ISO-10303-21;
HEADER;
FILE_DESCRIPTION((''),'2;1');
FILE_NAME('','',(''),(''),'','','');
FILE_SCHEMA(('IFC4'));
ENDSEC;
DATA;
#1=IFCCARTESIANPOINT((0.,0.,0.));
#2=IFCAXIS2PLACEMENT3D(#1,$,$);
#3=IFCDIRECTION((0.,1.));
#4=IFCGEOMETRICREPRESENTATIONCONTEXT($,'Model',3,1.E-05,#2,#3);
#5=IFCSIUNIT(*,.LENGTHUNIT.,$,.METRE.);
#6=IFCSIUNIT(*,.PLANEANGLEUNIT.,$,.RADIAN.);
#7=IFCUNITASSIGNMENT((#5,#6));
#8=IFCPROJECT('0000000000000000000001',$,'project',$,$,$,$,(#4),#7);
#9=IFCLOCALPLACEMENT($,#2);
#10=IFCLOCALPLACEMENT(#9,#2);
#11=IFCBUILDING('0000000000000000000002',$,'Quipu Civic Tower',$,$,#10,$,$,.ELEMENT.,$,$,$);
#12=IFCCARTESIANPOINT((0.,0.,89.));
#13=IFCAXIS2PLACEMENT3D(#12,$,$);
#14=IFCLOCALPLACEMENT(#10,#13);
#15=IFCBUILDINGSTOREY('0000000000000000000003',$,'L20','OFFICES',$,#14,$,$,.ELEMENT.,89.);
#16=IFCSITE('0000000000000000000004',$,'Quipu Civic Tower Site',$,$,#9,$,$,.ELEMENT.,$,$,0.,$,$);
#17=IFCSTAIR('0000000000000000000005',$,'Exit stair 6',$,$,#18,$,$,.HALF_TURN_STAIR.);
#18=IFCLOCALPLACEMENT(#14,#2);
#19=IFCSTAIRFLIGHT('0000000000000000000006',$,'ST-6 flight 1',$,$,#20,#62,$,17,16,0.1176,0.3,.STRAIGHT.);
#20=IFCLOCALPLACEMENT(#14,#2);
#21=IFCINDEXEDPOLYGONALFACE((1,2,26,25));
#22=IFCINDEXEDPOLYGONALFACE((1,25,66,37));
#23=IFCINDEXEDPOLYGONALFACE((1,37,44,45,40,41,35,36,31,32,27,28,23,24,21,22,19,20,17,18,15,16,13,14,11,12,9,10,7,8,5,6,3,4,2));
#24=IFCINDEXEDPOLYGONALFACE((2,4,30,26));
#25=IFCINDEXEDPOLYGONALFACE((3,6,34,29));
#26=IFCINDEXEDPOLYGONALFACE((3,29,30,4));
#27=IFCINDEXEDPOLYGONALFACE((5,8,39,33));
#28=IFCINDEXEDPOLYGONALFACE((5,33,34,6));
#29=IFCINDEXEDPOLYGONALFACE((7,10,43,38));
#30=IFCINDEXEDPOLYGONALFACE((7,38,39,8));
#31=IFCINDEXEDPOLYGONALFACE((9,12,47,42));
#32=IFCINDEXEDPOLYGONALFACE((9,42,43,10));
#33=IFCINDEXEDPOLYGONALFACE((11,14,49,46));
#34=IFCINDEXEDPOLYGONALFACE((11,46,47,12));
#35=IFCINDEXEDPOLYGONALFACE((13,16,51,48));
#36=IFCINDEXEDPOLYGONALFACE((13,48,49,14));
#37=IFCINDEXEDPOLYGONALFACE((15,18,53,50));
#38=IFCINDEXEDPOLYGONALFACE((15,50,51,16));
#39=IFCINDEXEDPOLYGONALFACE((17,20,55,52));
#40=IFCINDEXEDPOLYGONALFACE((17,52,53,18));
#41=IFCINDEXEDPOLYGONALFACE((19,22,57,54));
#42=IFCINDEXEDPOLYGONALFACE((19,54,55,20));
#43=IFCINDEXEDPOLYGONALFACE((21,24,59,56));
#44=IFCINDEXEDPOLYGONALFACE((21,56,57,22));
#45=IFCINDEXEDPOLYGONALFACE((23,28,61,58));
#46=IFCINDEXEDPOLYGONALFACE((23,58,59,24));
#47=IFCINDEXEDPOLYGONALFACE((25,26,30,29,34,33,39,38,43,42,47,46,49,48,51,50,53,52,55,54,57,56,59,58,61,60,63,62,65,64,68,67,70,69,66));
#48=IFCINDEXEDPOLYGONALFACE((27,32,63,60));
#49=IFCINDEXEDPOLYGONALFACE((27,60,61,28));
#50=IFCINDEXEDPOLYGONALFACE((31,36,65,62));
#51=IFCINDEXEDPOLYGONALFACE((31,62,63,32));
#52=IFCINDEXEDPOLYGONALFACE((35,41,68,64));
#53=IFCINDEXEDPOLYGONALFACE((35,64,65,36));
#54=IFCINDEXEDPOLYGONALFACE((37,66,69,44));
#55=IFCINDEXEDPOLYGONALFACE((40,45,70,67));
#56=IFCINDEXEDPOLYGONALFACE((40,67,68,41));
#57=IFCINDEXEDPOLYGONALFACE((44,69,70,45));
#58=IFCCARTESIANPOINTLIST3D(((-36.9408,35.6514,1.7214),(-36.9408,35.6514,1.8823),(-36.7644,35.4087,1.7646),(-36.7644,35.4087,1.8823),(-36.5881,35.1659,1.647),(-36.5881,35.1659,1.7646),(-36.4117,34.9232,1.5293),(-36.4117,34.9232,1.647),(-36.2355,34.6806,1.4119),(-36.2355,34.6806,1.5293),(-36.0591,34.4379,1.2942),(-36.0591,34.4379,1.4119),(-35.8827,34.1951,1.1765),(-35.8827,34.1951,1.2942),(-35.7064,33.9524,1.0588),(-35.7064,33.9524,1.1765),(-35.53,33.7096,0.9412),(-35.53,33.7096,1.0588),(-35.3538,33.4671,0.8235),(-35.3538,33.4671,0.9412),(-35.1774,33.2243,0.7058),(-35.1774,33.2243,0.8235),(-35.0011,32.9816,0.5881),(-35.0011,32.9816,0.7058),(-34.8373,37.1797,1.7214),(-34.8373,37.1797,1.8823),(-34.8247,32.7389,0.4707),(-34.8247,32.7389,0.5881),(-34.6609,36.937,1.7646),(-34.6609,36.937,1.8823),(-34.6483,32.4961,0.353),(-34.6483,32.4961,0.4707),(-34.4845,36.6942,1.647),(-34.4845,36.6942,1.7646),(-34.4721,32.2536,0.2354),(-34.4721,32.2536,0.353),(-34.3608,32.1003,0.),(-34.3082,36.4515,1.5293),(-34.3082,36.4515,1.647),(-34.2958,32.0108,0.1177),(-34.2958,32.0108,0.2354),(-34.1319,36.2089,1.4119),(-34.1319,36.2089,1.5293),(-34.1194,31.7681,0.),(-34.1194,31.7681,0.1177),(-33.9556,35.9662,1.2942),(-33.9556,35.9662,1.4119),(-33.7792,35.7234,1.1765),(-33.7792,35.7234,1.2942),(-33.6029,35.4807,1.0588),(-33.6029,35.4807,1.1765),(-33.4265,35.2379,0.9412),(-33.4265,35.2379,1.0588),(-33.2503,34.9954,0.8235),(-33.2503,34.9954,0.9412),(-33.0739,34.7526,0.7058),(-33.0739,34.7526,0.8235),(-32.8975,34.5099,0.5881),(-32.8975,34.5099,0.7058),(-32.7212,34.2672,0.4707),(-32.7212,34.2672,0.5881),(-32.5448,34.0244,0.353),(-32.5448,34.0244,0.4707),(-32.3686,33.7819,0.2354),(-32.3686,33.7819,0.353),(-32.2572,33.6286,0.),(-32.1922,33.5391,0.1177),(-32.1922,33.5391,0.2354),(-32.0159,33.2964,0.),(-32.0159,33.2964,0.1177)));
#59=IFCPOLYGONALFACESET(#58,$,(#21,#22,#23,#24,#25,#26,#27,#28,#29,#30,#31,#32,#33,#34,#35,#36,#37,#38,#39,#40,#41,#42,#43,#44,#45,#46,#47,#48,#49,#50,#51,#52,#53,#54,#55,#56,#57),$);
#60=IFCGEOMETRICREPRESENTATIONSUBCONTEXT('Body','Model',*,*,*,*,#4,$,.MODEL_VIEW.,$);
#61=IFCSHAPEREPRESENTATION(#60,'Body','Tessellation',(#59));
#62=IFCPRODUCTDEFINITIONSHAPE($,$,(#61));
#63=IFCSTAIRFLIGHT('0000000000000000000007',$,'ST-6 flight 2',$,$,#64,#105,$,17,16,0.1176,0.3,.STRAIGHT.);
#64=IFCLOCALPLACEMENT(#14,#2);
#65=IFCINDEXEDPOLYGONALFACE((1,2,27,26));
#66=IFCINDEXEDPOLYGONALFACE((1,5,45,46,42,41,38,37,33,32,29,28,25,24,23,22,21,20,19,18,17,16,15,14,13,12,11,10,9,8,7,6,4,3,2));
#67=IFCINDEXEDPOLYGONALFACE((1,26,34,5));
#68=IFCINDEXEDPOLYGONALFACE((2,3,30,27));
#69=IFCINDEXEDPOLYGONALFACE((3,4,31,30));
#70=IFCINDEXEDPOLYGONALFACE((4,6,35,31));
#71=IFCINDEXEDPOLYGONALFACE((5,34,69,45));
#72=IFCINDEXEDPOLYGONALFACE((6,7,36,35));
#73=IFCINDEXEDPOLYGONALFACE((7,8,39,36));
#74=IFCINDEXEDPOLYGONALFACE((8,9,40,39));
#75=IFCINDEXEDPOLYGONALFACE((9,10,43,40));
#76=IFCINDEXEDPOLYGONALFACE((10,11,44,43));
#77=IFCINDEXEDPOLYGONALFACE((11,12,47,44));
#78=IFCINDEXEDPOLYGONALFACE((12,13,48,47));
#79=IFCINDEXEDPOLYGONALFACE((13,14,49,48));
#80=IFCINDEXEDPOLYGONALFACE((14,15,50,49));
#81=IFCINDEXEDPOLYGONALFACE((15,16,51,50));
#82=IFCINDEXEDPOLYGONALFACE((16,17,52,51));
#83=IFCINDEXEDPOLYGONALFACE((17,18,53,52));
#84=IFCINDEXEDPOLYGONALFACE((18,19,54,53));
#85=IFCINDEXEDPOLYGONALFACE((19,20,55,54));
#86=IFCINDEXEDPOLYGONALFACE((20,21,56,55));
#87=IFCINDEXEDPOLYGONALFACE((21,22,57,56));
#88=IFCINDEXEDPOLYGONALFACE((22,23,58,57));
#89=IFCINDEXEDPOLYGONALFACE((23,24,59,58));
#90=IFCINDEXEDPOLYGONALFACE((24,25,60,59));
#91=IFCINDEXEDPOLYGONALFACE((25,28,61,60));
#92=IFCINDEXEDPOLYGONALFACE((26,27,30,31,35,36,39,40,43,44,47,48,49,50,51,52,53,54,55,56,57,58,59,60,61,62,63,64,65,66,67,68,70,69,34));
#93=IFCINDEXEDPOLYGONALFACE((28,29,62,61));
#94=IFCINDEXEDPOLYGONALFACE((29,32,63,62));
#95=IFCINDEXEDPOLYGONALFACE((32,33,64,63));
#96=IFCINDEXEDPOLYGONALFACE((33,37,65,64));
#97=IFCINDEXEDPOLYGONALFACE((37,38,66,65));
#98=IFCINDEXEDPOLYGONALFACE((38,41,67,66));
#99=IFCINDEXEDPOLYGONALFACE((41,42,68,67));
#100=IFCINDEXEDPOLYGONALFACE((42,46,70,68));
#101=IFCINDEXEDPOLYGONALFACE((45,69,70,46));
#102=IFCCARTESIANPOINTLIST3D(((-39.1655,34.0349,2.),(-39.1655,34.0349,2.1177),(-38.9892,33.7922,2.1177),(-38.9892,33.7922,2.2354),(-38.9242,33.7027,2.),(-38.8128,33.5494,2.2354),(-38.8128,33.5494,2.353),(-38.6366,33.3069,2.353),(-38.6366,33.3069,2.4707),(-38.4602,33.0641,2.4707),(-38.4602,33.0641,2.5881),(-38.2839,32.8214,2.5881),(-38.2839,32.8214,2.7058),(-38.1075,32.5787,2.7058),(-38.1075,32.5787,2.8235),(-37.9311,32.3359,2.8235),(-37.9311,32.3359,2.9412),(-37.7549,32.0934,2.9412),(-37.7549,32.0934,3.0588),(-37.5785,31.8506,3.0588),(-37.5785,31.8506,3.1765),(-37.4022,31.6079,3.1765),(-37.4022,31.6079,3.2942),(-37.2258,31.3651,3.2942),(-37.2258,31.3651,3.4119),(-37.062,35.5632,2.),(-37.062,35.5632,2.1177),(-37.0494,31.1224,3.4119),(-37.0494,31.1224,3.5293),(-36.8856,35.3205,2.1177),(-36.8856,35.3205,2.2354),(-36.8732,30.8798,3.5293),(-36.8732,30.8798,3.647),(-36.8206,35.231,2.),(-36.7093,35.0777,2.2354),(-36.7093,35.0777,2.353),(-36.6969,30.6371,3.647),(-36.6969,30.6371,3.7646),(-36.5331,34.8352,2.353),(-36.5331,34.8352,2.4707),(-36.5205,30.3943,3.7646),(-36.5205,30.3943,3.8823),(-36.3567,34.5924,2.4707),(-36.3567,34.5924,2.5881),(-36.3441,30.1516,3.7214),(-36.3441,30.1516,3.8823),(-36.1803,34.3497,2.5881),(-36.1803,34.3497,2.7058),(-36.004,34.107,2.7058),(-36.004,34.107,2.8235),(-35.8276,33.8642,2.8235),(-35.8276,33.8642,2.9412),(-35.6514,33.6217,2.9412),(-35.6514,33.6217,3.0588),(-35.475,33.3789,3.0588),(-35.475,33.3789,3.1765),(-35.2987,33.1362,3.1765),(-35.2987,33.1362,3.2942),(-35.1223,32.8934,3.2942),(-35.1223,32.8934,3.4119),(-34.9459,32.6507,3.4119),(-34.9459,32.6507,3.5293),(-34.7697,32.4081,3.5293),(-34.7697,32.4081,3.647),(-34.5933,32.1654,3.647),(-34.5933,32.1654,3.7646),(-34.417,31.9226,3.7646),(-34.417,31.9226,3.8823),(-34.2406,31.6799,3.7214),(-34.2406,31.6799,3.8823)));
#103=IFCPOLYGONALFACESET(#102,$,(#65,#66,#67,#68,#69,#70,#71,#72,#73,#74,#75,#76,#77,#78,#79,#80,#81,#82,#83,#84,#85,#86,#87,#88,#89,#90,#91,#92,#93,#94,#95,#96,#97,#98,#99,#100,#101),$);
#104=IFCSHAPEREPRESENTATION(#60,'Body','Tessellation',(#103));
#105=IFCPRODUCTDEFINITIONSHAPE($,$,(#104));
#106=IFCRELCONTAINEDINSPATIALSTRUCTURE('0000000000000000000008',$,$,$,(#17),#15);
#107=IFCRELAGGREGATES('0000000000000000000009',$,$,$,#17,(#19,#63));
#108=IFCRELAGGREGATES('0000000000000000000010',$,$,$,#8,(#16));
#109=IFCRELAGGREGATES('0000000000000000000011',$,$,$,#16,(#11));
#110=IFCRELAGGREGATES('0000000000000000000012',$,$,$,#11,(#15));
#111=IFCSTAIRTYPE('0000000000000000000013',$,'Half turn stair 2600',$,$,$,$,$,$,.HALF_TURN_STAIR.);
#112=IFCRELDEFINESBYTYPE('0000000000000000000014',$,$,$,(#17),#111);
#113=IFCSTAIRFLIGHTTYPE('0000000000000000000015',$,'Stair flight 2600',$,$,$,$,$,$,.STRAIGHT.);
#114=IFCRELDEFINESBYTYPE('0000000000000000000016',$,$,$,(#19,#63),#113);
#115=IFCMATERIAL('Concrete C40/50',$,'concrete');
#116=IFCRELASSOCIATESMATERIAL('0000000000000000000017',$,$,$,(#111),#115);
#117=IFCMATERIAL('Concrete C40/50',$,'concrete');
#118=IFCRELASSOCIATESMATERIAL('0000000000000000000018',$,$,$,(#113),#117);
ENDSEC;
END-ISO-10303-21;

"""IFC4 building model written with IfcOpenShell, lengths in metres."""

from ifc_helpers import new_model, si_unit, direction, frame, origin, place, context, subcontext, project, spatial, polyline, outline, extrude, material, type_object, element, aggregate, save


model = new_model("IFC4")

# Units and contexts
model_context = context("Model", 3, precision=1e-05, world=origin(), true_north=direction((0.0, 1.0)))
body_context = subcontext(model_context, "Body", "Model", "MODEL_VIEW")
ifc_project = project(units=[si_unit("LENGTHUNIT", "METRE"), si_unit("PLANEANGLEUNIT", "RADIAN")], contexts=[model_context])

# Site, building, storey
site_placement = place(None, origin())
site = spatial("IfcSite", under=ifc_project, at=site_placement, Name="Quipu Civic Tower Site", CompositionType="ELEMENT", RefElevation=0.0)
building_placement = place(site_placement, origin())
building = spatial("IfcBuilding", under=site, at=building_placement, Name="Quipu Civic Tower", CompositionType="ELEMENT")
storey_placement = place(building_placement, frame((0.0, 0.0, 89.0)))
storey = spatial("IfcBuildingStorey", under=building, at=storey_placement, Name="L20", Description="OFFICES", CompositionType="ELEMENT", Elevation=89.0)

# Stair, stair flights
ifc_material_1 = material(Name="Concrete C40/50", Category="concrete")
stair_type = type_object("IfcStairType", Name="Half turn stair 2600", PredefinedType="HALF_TURN_STAIR", material=ifc_material_1)
stair_placement = place(storey_placement, origin())
stair = element("IfcStair", 1, at=stair_placement, inside=storey, type_object=stair_type, Name="Exit stair 6", PredefinedType="HALF_TURN_STAIR")
ifc_material_2 = material(Name="Concrete C40/50", Category="concrete")
stair_flight_type = type_object("IfcStairFlightType", Name="Stair flight 2600", PredefinedType="STRAIGHT", material=ifc_material_2)
stair_flight_1_placement = place(storey_placement, frame((-33.0676, 32.5322, 0.0), z_axis=(0.0, 0.0, 1.0), x_axis=(-0.587785, 0.809017, 0.0)))
stair_flight_1 = element("IfcStairFlight", 2, at=stair_flight_1_placement, type_object=stair_flight_type, Name="ST-6 flight 1", NumberOfRisers=17, NumberOfTreads=16, PredefinedType="STRAIGHT", RiserHeight=0.1176, TreadLength=0.3, context=body_context, shape_type="SweptSolid", body=[
    extrude(outline(polyline([(0.0, 0.0), (0.0, 0.1177), (0.3, 0.1177), (0.3, 0.2354), (0.6001, 0.2354), (0.6001, 0.353), (0.8999, 0.353), (0.8999, 0.4707), (1.2, 0.4707), (1.2, 0.5881), (1.5, 0.5881), (1.5, 0.7058), (1.8, 0.7058), (1.8, 0.8235), (2.1001, 0.8235), (2.1001, 0.9412), (2.3999, 0.9412), (2.3999, 1.0588), (2.7, 1.0588), (2.7, 1.1765), (3.0, 1.1765), (3.0, 1.2942), (3.3, 1.2942), (3.3, 1.4119), (3.6001, 1.4119), (3.6001, 1.5293), (3.8999, 1.5293), (3.8999, 1.647), (4.2, 1.647), (4.2, 1.7646), (4.5, 1.7646), (4.5, 1.8823), (4.8, 1.8823), (4.8, 2.0), (4.8, 1.7214), (0.4106, 0.0), (0.0, 0.0)])), frame((0.0, 1.3, 0.0), z_axis=(0.0, -1.0, 0.0), x_axis=(1.0, 0.0, 0.0)), (0.0, 0.0, 1.0), 2.6001),
])
stair_flight_2_placement = place(storey_placement, frame((-38.1138, 34.7991, 2.0), z_axis=(0.0, 0.0, 1.0), x_axis=(0.587785, -0.809017, 0.0)))
stair_flight_2 = element("IfcStairFlight", 3, at=stair_flight_2_placement, type_object=stair_flight_type, Name="ST-6 flight 2", NumberOfRisers=17, NumberOfTreads=16, PredefinedType="STRAIGHT", RiserHeight=0.1176, TreadLength=0.3, context=body_context, shape_type="SweptSolid", body=[
    extrude(outline(polyline([(0.0, 0.0), (0.0, 0.1177), (0.3, 0.1177), (0.3, 0.2354), (0.6001, 0.2354), (0.6001, 0.353), (0.8999, 0.353), (0.8999, 0.4707), (1.2, 0.4707), (1.2, 0.5881), (1.5, 0.5881), (1.5, 0.7058), (1.8, 0.7058), (1.8, 0.8235), (2.1001, 0.8235), (2.1001, 0.9412), (2.3999, 0.9412), (2.3999, 1.0588), (2.7, 1.0588), (2.7, 1.1765), (3.0, 1.1765), (3.0, 1.2942), (3.3, 1.2942), (3.3, 1.4119), (3.6001, 1.4119), (3.6001, 1.5293), (3.8999, 1.5293), (3.8999, 1.647), (4.2, 1.647), (4.2, 1.7646), (4.5, 1.7646), (4.5, 1.8823), (4.8, 1.8823), (4.8, 2.0), (4.8, 1.7214), (0.4106, 0.0), (0.0, 0.0)])), frame((0.0, 1.3, 0.0), z_axis=(0.0, -1.0, 0.0), x_axis=(1.0, 0.0, 0.0)), (0.0, 0.0, 1.0), 2.6001),
])
aggregate(stair, [stair_flight_1, stair_flight_2])

save(model, "model.ifc")
